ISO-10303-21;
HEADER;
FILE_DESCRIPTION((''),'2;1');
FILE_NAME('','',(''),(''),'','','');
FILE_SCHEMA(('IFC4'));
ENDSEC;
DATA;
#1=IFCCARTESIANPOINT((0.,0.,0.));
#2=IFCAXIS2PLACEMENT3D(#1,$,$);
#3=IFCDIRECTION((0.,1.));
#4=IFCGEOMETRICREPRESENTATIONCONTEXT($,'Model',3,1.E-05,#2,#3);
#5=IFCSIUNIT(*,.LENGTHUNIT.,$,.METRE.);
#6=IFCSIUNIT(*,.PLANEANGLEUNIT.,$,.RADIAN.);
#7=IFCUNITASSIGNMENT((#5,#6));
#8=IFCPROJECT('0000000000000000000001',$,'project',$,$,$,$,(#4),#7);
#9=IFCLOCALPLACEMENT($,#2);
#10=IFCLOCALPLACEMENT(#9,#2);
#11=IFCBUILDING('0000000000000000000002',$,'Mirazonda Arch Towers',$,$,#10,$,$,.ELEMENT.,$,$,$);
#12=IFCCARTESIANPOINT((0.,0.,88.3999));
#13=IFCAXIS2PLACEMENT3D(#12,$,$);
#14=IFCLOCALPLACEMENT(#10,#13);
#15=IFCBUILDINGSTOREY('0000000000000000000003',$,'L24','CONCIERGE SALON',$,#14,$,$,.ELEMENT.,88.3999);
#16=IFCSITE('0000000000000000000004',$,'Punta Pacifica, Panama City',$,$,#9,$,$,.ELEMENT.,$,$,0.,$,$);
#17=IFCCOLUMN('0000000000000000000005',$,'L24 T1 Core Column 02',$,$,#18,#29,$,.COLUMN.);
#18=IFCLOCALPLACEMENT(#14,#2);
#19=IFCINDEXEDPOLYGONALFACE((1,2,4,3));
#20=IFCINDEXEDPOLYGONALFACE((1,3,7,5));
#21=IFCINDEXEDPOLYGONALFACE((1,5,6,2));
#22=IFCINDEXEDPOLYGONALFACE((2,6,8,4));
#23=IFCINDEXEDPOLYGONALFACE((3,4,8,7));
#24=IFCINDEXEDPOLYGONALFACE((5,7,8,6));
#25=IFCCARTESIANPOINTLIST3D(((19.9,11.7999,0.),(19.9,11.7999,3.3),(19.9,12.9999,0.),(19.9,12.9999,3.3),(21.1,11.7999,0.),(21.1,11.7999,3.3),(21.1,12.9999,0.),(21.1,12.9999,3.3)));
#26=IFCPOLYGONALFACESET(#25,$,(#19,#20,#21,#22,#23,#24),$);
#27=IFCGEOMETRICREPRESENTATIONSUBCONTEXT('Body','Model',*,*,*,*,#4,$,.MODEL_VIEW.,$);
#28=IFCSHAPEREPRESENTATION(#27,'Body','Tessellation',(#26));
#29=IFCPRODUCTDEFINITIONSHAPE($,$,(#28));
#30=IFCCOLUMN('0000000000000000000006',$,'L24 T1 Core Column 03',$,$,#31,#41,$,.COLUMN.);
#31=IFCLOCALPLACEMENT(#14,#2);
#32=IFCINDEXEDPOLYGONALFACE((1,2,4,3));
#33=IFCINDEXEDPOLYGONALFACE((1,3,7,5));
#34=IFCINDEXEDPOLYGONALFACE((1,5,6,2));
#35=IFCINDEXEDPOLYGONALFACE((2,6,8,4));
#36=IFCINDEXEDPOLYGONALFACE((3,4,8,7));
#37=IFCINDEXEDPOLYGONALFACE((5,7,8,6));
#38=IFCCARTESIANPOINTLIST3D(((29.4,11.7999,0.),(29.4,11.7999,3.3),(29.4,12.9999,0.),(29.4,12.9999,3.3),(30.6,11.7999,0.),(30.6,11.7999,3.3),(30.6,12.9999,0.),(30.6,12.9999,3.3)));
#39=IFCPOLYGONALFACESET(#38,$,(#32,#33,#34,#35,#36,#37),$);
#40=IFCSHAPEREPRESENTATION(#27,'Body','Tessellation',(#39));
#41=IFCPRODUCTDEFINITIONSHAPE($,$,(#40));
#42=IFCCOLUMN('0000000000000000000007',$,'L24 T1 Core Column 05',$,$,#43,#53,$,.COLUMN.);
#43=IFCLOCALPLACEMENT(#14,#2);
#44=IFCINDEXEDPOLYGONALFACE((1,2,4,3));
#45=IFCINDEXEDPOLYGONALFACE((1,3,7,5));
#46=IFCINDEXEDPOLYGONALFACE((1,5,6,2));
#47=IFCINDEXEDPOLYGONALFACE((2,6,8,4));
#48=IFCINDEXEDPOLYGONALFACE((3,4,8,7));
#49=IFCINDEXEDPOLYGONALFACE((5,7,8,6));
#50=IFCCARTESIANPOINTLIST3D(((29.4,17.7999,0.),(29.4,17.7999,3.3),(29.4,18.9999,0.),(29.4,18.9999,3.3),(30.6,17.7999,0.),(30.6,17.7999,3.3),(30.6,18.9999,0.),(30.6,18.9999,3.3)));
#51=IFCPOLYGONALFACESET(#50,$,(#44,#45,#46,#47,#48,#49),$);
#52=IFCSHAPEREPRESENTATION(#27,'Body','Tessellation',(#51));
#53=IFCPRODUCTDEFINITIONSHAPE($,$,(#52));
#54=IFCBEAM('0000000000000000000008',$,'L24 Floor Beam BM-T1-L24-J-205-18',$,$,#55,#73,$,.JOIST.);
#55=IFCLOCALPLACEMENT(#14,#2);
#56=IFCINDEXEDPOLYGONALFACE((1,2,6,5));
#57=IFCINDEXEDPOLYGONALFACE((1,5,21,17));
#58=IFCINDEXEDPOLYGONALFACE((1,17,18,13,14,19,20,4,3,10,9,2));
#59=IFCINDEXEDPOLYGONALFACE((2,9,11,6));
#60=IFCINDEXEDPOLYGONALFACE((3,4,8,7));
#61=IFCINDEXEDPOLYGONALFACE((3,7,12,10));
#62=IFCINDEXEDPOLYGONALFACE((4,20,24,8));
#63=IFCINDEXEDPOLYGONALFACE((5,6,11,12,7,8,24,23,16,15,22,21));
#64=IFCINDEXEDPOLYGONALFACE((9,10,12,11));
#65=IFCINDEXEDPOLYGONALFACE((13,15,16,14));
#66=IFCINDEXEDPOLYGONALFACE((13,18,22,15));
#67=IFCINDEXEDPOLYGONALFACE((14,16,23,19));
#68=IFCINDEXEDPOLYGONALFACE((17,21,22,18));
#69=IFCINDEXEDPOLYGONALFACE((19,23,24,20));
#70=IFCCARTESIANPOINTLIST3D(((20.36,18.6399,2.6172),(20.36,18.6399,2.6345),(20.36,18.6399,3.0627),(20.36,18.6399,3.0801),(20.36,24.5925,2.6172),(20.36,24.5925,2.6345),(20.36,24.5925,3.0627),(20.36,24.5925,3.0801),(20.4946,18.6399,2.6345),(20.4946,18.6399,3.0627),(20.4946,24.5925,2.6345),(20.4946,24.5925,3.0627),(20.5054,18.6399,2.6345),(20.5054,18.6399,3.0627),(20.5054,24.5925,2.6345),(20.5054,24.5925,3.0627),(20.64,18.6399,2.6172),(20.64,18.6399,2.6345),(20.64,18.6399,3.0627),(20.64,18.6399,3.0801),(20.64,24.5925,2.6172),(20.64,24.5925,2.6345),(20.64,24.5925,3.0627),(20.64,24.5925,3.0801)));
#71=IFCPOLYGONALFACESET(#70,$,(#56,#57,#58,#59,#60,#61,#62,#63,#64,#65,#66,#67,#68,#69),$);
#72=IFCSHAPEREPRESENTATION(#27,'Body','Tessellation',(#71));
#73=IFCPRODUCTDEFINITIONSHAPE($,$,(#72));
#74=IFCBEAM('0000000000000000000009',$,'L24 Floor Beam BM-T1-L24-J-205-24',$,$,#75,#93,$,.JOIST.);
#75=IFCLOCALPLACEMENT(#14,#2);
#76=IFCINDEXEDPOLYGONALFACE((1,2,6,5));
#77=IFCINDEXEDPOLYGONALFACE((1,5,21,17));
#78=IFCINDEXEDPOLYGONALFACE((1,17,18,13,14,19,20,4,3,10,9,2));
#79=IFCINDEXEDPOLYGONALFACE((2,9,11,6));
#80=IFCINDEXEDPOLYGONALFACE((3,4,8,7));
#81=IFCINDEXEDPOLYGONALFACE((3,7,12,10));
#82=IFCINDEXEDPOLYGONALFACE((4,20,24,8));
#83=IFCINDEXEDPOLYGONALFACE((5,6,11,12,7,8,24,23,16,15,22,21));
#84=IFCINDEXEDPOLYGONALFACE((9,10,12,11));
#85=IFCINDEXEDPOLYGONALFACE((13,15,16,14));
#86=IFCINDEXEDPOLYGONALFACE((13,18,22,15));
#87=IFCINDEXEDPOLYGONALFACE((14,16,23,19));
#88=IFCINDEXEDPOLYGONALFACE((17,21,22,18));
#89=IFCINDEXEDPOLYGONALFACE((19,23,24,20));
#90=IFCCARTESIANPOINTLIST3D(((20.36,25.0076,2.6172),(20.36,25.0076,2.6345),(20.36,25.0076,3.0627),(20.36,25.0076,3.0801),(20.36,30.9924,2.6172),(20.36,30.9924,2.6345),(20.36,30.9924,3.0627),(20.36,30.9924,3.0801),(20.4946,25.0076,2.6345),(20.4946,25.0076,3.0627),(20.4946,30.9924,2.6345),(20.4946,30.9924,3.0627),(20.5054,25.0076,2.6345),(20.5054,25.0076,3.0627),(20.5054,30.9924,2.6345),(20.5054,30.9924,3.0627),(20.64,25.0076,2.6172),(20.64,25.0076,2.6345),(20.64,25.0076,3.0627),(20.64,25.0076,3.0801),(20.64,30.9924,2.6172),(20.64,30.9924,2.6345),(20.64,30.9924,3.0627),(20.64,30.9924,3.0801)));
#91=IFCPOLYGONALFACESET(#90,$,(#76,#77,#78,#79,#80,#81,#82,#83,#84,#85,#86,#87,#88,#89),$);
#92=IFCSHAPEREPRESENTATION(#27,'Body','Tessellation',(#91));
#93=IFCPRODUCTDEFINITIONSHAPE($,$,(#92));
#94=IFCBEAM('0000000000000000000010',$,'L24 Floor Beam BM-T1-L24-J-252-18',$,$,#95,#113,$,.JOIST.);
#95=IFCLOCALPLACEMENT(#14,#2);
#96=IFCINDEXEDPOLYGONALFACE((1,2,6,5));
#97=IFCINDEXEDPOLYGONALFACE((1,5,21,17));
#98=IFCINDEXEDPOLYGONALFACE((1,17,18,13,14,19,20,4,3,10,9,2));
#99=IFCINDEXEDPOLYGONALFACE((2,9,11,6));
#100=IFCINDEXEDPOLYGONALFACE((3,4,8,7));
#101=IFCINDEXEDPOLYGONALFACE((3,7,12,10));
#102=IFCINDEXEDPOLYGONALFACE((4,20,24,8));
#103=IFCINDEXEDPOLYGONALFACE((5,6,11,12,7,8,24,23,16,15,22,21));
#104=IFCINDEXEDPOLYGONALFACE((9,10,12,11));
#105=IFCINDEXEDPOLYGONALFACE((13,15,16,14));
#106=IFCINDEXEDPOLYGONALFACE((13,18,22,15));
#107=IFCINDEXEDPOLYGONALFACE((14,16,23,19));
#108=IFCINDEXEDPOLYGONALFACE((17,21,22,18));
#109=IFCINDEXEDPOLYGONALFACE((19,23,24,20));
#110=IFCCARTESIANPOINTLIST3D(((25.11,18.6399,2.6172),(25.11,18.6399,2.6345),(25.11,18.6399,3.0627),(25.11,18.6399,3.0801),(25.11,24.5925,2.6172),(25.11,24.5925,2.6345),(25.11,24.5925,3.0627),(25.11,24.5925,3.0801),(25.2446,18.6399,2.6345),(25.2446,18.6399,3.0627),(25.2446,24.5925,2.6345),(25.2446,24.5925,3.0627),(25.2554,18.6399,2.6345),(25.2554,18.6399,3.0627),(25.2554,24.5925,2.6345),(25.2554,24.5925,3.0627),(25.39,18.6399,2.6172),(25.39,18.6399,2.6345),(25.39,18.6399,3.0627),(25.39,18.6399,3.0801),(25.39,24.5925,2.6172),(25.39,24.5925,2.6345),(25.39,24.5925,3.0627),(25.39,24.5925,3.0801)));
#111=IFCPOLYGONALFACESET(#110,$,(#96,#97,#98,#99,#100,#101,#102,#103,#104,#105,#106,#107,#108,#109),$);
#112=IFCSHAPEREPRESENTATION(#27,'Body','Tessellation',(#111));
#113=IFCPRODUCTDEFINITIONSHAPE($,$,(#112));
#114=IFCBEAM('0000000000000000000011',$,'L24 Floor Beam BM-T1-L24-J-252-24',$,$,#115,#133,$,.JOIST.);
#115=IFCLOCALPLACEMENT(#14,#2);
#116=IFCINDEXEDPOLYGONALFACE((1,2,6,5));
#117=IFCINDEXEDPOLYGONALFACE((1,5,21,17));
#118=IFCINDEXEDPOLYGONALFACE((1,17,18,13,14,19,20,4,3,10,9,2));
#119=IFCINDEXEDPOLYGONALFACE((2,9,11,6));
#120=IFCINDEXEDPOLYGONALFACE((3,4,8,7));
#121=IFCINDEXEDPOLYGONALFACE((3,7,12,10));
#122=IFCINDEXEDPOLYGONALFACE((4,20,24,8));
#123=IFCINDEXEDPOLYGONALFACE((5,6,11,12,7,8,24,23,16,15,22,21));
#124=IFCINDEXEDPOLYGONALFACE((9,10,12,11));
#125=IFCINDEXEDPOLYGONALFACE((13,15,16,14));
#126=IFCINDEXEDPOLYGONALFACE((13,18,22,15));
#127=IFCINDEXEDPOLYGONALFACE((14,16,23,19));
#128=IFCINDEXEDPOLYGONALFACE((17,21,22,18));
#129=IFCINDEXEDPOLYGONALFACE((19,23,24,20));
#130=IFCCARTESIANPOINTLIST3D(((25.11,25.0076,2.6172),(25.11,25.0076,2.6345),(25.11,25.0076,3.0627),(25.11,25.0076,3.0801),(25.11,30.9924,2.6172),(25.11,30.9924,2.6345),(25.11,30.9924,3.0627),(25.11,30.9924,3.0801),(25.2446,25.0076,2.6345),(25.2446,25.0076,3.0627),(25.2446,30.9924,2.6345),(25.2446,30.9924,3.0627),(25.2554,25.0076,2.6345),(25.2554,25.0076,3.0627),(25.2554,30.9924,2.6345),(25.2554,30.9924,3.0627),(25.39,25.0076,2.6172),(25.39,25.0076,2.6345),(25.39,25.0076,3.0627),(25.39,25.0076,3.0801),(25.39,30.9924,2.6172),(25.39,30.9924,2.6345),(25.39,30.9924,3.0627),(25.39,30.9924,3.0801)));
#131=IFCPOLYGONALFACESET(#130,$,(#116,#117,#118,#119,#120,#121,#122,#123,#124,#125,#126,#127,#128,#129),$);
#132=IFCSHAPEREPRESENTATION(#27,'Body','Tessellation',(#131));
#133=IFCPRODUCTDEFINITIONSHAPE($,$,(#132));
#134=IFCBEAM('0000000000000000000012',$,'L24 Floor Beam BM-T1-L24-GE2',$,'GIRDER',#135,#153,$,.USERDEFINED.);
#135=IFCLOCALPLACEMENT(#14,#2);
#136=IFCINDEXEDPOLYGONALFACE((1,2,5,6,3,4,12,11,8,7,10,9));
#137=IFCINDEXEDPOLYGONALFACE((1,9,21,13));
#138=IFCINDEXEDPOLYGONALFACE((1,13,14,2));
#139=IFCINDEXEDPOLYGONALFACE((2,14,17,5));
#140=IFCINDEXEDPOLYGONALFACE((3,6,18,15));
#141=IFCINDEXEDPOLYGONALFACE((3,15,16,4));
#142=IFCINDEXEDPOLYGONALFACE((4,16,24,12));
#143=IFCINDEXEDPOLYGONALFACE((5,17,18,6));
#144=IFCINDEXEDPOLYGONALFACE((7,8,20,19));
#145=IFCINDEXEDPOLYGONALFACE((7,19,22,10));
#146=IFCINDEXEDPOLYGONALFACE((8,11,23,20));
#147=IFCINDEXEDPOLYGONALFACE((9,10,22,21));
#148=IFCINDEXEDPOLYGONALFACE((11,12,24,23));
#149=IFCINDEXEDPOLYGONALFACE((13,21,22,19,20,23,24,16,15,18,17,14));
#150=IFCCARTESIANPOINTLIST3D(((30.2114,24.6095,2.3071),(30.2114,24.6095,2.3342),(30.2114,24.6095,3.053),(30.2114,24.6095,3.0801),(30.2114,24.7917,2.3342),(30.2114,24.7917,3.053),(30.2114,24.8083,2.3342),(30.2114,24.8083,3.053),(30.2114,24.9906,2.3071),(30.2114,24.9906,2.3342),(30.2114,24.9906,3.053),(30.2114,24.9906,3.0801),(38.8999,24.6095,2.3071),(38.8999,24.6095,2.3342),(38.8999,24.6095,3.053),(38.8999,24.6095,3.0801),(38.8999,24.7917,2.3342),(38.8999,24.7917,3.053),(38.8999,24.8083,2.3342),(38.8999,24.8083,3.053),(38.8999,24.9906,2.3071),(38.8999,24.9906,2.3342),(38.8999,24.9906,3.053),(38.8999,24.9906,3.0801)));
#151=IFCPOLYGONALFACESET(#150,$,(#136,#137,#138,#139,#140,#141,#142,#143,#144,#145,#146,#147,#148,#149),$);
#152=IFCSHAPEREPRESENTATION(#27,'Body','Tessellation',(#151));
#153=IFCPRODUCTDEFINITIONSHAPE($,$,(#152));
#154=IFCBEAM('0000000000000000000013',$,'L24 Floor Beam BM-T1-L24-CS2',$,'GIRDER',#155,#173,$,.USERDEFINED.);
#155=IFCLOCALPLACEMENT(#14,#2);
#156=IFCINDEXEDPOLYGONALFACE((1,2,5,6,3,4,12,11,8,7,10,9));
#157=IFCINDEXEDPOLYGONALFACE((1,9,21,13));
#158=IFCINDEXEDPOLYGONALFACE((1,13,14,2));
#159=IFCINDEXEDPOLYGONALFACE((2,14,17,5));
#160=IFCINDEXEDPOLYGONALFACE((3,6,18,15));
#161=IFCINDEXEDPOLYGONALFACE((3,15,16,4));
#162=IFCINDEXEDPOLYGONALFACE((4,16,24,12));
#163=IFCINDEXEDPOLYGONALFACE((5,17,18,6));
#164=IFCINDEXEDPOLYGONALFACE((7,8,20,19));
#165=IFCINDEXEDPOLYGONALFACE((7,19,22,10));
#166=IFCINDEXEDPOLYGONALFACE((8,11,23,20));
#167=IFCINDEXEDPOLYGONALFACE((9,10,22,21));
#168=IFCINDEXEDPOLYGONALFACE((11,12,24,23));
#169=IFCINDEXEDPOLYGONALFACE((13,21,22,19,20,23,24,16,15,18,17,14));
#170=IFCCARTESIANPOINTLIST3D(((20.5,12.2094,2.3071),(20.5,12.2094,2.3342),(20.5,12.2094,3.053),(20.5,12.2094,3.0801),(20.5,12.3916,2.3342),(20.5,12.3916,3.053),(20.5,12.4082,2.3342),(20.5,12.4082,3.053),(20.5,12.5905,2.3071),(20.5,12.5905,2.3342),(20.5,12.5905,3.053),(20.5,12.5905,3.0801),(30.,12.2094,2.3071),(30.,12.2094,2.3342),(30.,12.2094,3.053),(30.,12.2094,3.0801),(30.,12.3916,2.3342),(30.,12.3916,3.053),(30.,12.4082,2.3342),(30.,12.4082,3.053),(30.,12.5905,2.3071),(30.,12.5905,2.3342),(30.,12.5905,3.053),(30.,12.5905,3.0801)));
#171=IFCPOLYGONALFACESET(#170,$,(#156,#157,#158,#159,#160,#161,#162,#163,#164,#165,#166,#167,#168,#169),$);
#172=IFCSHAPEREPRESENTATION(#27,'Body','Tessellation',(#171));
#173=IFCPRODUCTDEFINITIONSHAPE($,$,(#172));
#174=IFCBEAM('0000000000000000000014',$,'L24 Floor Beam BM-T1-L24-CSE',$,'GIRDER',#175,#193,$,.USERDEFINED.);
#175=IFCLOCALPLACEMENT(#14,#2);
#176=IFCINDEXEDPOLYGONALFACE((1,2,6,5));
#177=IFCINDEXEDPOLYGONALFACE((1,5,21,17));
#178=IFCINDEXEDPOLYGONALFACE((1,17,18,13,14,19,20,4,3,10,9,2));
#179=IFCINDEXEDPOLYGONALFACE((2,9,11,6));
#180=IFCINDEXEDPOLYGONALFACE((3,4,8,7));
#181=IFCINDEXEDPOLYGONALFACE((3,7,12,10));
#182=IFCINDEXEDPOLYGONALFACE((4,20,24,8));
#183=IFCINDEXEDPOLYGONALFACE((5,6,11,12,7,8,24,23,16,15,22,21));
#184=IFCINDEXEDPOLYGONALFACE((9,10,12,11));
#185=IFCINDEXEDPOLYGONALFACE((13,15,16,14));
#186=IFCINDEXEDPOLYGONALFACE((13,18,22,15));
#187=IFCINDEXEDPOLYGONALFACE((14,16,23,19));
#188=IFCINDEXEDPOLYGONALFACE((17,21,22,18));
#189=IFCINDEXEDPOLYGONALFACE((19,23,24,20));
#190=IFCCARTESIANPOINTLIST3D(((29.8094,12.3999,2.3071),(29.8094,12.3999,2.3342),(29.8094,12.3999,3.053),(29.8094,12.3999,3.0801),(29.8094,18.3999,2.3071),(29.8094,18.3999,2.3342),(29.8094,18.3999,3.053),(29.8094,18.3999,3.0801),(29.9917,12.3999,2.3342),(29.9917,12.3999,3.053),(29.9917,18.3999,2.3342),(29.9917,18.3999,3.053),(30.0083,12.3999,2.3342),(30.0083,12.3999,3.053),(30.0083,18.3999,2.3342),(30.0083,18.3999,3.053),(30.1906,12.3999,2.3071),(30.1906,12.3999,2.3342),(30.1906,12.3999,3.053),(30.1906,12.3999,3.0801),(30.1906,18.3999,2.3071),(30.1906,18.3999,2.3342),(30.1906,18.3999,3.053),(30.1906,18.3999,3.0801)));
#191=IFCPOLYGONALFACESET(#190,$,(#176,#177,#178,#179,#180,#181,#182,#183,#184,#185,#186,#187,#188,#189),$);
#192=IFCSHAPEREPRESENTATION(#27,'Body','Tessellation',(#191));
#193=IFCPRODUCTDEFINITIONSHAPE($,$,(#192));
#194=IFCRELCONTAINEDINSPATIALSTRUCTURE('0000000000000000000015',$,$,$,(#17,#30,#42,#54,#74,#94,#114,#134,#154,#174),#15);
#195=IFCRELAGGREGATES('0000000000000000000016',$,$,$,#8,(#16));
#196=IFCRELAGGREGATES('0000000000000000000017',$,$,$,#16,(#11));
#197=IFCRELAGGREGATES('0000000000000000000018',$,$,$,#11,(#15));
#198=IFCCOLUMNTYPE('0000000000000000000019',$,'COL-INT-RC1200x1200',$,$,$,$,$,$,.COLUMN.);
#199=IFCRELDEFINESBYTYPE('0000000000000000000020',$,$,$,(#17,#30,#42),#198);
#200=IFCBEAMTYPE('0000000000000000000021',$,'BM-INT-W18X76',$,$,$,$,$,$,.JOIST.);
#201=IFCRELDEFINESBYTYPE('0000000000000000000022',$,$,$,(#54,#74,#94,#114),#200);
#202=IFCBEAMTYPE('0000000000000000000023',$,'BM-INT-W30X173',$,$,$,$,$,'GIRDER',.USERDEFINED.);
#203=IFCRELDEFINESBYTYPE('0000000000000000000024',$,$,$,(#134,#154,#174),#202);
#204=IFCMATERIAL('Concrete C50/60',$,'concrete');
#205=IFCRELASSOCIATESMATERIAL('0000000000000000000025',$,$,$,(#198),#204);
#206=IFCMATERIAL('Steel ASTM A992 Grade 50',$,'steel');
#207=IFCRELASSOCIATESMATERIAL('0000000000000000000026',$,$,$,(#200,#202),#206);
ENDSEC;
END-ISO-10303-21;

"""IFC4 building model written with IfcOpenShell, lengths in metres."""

from ifc_helpers import new_model, si_unit, direction, frame, origin, origin_2d, place, context, subcontext, project, spatial, rectangle, i_section, extrude, material, material_profile, profile_set, type_object, element, save


model = new_model("IFC4")

# Units and contexts
model_context = context("Model", 3, precision=1e-05, world=origin(), true_north=direction((0.0, 1.0)))
body_context = subcontext(model_context, "Body", "Model", "MODEL_VIEW")
ifc_project = project(units=[si_unit("LENGTHUNIT", "METRE"), si_unit("PLANEANGLEUNIT", "RADIAN")], contexts=[model_context])

# Site, building, storey
site_placement = place(None, origin())
site = spatial("IfcSite", under=ifc_project, at=site_placement, Name="Punta Pacifica, Panama City", CompositionType="ELEMENT", RefElevation=0.0)
building_placement = place(site_placement, origin())
building = spatial("IfcBuilding", under=site, at=building_placement, Name="Mirazonda Arch Towers", CompositionType="ELEMENT")
storey_placement = place(building_placement, frame((0.0, 0.0, 88.3999)))
storey = spatial("IfcBuildingStorey", under=building, at=storey_placement, Name="L24", Description="CONCIERGE SALON", CompositionType="ELEMENT", Elevation=88.3999)

# Columns
ifc_material_1 = material(Name="Concrete C50/60", Category="concrete")
ifc_material_profile_1 = material_profile(ifc_material_1, rectangle(XDim=1.2, YDim=1.2, at=origin_2d()), Name="RC1200x1200")
ifc_profile_set_1 = profile_set([ifc_material_profile_1], Name="Concrete C50/60")
column_type = type_object("IfcColumnType", Name="COL-INT-RC1200x1200", PredefinedType="COLUMN", material=ifc_profile_set_1)
for number, where, z_axis, x_axis, name in (
    (1, (20.5, 12.3999, 0.0), (0.0, 0.0, 1.0), (1.0, 0.0, 0.0), "L24 T1 Core Column 02"),
    (2, (30.0, 12.3999, 0.0), (0.0, 0.0, 1.0), (1.0, 0.0, 0.0), "L24 T1 Core Column 03"),
    (3, (30.0, 18.3999, 0.0), (0.0, 0.0, 1.0), (1.0, 0.0, 0.0), "L24 T1 Core Column 05"),
):
    element("IfcColumn", number, at=place(storey_placement, frame(where, z_axis=z_axis, x_axis=x_axis)), inside=storey, type_object=column_type, Name=name, PredefinedType="COLUMN", context=body_context, shape_type="SweptSolid", body=[
        extrude(rectangle(XDim=1.2, YDim=1.2, at=origin_2d()), origin(), (0.0, 0.0, 1.0), 3.3),
    ])

# Beams
ifc_material_2 = material(Name="Steel ASTM A992 Grade 50", Category="steel")
ifc_material_profile_2 = material_profile(ifc_material_2, i_section(OverallWidth=0.28, OverallDepth=0.4629, WebThickness=0.0107, FlangeThickness=0.0173, at=origin_2d()), Name="W18X76")
ifc_profile_set_2 = profile_set([ifc_material_profile_2], Name="Steel ASTM A992 Grade 50")
beam_type_1 = type_object("IfcBeamType", Name="BM-INT-W18X76", PredefinedType="JOIST", material=ifc_profile_set_2)
beam_1_placement = place(storey_placement, frame((20.5, 18.6399, 2.8486), z_axis=(0.0, 1.0, 0.0), x_axis=(-1.0, 0.0, 0.0)))
element("IfcBeam", 4, at=beam_1_placement, inside=storey, type_object=beam_type_1, Name="L24 Floor Beam BM-T1-L24-J-205-18", PredefinedType="JOIST", context=body_context, shape_type="SweptSolid", body=[
    extrude(i_section(OverallWidth=0.28, OverallDepth=0.4629, WebThickness=0.0107, FlangeThickness=0.0173, at=origin_2d()), origin(), (0.0, 0.0, 1.0), 5.9526),
])
beam_2_placement = place(storey_placement, frame((20.5, 25.0076, 2.8486), z_axis=(0.0, 1.0, 0.0), x_axis=(-1.0, 0.0, 0.0)))
element("IfcBeam", 5, at=beam_2_placement, inside=storey, type_object=beam_type_1, Name="L24 Floor Beam BM-T1-L24-J-205-24", PredefinedType="JOIST", context=body_context, shape_type="SweptSolid", body=[
    extrude(i_section(OverallWidth=0.28, OverallDepth=0.4629, WebThickness=0.0107, FlangeThickness=0.0173, at=origin_2d()), origin(), (0.0, 0.0, 1.0), 5.9849),
])
beam_3_placement = place(storey_placement, frame((25.25, 18.6399, 2.8486), z_axis=(0.0, 1.0, 0.0), x_axis=(-1.0, 0.0, 0.0)))
element("IfcBeam", 6, at=beam_3_placement, inside=storey, type_object=beam_type_1, Name="L24 Floor Beam BM-T1-L24-J-252-18", PredefinedType="JOIST", context=body_context, shape_type="SweptSolid", body=[
    extrude(i_section(OverallWidth=0.28, OverallDepth=0.4629, WebThickness=0.0107, FlangeThickness=0.0173, at=origin_2d()), origin(), (0.0, 0.0, 1.0), 5.9526),
])
beam_4_placement = place(storey_placement, frame((25.25, 25.0076, 2.8486), z_axis=(0.0, 1.0, 0.0), x_axis=(-1.0, 0.0, 0.0)))
element("IfcBeam", 7, at=beam_4_placement, inside=storey, type_object=beam_type_1, Name="L24 Floor Beam BM-T1-L24-J-252-24", PredefinedType="JOIST", context=body_context, shape_type="SweptSolid", body=[
    extrude(i_section(OverallWidth=0.28, OverallDepth=0.4629, WebThickness=0.0107, FlangeThickness=0.0173, at=origin_2d()), origin(), (0.0, 0.0, 1.0), 5.9849),
])
ifc_material_profile_3 = material_profile(ifc_material_2, i_section(OverallWidth=0.3811, OverallDepth=0.7729, WebThickness=0.0166, FlangeThickness=0.0271, at=origin_2d()), Name="W30X173")
ifc_profile_set_3 = profile_set([ifc_material_profile_3], Name="Steel ASTM A992 Grade 50")
beam_type_2 = type_object("IfcBeamType", Name="BM-INT-W30X173", ElementType="GIRDER", PredefinedType="USERDEFINED", material=ifc_profile_set_3)
beam_5_placement = place(storey_placement, frame((30.2114, 24.8, 2.6936), z_axis=(1.0, 0.0, 0.0), x_axis=(0.0, 1.0, 0.0)))
element("IfcBeam", 8, at=beam_5_placement, inside=storey, type_object=beam_type_2, Name="L24 Floor Beam BM-T1-L24-GE2", ObjectType="GIRDER", PredefinedType="USERDEFINED", context=body_context, shape_type="SweptSolid", body=[
    extrude(i_section(OverallWidth=0.3811, OverallDepth=0.7729, WebThickness=0.0166, FlangeThickness=0.0271, at=origin_2d()), origin(), (0.0, 0.0, 1.0), 8.6885),
])
beam_6_placement = place(storey_placement, frame((20.5, 12.3999, 2.6936), z_axis=(1.0, 0.0, 0.0), x_axis=(0.0, 1.0, 0.0)))
element("IfcBeam", 9, at=beam_6_placement, inside=storey, type_object=beam_type_2, Name="L24 Floor Beam BM-T1-L24-CS2", ObjectType="GIRDER", PredefinedType="USERDEFINED", context=body_context, shape_type="SweptSolid", body=[
    extrude(i_section(OverallWidth=0.3811, OverallDepth=0.7729, WebThickness=0.0166, FlangeThickness=0.0271, at=origin_2d()), origin(), (0.0, 0.0, 1.0), 9.5),
])
beam_7_placement = place(storey_placement, frame((30.0, 12.3999, 2.6936), z_axis=(0.0, 1.0, 0.0), x_axis=(-1.0, 0.0, 0.0)))
element("IfcBeam", 10, at=beam_7_placement, inside=storey, type_object=beam_type_2, Name="L24 Floor Beam BM-T1-L24-CSE", ObjectType="GIRDER", PredefinedType="USERDEFINED", context=body_context, shape_type="SweptSolid", body=[
    extrude(i_section(OverallWidth=0.3811, OverallDepth=0.7729, WebThickness=0.0166, FlangeThickness=0.0271, at=origin_2d()), origin(), (0.0, 0.0, 1.0), 6.0),
])

save(model, "model.ifc")
